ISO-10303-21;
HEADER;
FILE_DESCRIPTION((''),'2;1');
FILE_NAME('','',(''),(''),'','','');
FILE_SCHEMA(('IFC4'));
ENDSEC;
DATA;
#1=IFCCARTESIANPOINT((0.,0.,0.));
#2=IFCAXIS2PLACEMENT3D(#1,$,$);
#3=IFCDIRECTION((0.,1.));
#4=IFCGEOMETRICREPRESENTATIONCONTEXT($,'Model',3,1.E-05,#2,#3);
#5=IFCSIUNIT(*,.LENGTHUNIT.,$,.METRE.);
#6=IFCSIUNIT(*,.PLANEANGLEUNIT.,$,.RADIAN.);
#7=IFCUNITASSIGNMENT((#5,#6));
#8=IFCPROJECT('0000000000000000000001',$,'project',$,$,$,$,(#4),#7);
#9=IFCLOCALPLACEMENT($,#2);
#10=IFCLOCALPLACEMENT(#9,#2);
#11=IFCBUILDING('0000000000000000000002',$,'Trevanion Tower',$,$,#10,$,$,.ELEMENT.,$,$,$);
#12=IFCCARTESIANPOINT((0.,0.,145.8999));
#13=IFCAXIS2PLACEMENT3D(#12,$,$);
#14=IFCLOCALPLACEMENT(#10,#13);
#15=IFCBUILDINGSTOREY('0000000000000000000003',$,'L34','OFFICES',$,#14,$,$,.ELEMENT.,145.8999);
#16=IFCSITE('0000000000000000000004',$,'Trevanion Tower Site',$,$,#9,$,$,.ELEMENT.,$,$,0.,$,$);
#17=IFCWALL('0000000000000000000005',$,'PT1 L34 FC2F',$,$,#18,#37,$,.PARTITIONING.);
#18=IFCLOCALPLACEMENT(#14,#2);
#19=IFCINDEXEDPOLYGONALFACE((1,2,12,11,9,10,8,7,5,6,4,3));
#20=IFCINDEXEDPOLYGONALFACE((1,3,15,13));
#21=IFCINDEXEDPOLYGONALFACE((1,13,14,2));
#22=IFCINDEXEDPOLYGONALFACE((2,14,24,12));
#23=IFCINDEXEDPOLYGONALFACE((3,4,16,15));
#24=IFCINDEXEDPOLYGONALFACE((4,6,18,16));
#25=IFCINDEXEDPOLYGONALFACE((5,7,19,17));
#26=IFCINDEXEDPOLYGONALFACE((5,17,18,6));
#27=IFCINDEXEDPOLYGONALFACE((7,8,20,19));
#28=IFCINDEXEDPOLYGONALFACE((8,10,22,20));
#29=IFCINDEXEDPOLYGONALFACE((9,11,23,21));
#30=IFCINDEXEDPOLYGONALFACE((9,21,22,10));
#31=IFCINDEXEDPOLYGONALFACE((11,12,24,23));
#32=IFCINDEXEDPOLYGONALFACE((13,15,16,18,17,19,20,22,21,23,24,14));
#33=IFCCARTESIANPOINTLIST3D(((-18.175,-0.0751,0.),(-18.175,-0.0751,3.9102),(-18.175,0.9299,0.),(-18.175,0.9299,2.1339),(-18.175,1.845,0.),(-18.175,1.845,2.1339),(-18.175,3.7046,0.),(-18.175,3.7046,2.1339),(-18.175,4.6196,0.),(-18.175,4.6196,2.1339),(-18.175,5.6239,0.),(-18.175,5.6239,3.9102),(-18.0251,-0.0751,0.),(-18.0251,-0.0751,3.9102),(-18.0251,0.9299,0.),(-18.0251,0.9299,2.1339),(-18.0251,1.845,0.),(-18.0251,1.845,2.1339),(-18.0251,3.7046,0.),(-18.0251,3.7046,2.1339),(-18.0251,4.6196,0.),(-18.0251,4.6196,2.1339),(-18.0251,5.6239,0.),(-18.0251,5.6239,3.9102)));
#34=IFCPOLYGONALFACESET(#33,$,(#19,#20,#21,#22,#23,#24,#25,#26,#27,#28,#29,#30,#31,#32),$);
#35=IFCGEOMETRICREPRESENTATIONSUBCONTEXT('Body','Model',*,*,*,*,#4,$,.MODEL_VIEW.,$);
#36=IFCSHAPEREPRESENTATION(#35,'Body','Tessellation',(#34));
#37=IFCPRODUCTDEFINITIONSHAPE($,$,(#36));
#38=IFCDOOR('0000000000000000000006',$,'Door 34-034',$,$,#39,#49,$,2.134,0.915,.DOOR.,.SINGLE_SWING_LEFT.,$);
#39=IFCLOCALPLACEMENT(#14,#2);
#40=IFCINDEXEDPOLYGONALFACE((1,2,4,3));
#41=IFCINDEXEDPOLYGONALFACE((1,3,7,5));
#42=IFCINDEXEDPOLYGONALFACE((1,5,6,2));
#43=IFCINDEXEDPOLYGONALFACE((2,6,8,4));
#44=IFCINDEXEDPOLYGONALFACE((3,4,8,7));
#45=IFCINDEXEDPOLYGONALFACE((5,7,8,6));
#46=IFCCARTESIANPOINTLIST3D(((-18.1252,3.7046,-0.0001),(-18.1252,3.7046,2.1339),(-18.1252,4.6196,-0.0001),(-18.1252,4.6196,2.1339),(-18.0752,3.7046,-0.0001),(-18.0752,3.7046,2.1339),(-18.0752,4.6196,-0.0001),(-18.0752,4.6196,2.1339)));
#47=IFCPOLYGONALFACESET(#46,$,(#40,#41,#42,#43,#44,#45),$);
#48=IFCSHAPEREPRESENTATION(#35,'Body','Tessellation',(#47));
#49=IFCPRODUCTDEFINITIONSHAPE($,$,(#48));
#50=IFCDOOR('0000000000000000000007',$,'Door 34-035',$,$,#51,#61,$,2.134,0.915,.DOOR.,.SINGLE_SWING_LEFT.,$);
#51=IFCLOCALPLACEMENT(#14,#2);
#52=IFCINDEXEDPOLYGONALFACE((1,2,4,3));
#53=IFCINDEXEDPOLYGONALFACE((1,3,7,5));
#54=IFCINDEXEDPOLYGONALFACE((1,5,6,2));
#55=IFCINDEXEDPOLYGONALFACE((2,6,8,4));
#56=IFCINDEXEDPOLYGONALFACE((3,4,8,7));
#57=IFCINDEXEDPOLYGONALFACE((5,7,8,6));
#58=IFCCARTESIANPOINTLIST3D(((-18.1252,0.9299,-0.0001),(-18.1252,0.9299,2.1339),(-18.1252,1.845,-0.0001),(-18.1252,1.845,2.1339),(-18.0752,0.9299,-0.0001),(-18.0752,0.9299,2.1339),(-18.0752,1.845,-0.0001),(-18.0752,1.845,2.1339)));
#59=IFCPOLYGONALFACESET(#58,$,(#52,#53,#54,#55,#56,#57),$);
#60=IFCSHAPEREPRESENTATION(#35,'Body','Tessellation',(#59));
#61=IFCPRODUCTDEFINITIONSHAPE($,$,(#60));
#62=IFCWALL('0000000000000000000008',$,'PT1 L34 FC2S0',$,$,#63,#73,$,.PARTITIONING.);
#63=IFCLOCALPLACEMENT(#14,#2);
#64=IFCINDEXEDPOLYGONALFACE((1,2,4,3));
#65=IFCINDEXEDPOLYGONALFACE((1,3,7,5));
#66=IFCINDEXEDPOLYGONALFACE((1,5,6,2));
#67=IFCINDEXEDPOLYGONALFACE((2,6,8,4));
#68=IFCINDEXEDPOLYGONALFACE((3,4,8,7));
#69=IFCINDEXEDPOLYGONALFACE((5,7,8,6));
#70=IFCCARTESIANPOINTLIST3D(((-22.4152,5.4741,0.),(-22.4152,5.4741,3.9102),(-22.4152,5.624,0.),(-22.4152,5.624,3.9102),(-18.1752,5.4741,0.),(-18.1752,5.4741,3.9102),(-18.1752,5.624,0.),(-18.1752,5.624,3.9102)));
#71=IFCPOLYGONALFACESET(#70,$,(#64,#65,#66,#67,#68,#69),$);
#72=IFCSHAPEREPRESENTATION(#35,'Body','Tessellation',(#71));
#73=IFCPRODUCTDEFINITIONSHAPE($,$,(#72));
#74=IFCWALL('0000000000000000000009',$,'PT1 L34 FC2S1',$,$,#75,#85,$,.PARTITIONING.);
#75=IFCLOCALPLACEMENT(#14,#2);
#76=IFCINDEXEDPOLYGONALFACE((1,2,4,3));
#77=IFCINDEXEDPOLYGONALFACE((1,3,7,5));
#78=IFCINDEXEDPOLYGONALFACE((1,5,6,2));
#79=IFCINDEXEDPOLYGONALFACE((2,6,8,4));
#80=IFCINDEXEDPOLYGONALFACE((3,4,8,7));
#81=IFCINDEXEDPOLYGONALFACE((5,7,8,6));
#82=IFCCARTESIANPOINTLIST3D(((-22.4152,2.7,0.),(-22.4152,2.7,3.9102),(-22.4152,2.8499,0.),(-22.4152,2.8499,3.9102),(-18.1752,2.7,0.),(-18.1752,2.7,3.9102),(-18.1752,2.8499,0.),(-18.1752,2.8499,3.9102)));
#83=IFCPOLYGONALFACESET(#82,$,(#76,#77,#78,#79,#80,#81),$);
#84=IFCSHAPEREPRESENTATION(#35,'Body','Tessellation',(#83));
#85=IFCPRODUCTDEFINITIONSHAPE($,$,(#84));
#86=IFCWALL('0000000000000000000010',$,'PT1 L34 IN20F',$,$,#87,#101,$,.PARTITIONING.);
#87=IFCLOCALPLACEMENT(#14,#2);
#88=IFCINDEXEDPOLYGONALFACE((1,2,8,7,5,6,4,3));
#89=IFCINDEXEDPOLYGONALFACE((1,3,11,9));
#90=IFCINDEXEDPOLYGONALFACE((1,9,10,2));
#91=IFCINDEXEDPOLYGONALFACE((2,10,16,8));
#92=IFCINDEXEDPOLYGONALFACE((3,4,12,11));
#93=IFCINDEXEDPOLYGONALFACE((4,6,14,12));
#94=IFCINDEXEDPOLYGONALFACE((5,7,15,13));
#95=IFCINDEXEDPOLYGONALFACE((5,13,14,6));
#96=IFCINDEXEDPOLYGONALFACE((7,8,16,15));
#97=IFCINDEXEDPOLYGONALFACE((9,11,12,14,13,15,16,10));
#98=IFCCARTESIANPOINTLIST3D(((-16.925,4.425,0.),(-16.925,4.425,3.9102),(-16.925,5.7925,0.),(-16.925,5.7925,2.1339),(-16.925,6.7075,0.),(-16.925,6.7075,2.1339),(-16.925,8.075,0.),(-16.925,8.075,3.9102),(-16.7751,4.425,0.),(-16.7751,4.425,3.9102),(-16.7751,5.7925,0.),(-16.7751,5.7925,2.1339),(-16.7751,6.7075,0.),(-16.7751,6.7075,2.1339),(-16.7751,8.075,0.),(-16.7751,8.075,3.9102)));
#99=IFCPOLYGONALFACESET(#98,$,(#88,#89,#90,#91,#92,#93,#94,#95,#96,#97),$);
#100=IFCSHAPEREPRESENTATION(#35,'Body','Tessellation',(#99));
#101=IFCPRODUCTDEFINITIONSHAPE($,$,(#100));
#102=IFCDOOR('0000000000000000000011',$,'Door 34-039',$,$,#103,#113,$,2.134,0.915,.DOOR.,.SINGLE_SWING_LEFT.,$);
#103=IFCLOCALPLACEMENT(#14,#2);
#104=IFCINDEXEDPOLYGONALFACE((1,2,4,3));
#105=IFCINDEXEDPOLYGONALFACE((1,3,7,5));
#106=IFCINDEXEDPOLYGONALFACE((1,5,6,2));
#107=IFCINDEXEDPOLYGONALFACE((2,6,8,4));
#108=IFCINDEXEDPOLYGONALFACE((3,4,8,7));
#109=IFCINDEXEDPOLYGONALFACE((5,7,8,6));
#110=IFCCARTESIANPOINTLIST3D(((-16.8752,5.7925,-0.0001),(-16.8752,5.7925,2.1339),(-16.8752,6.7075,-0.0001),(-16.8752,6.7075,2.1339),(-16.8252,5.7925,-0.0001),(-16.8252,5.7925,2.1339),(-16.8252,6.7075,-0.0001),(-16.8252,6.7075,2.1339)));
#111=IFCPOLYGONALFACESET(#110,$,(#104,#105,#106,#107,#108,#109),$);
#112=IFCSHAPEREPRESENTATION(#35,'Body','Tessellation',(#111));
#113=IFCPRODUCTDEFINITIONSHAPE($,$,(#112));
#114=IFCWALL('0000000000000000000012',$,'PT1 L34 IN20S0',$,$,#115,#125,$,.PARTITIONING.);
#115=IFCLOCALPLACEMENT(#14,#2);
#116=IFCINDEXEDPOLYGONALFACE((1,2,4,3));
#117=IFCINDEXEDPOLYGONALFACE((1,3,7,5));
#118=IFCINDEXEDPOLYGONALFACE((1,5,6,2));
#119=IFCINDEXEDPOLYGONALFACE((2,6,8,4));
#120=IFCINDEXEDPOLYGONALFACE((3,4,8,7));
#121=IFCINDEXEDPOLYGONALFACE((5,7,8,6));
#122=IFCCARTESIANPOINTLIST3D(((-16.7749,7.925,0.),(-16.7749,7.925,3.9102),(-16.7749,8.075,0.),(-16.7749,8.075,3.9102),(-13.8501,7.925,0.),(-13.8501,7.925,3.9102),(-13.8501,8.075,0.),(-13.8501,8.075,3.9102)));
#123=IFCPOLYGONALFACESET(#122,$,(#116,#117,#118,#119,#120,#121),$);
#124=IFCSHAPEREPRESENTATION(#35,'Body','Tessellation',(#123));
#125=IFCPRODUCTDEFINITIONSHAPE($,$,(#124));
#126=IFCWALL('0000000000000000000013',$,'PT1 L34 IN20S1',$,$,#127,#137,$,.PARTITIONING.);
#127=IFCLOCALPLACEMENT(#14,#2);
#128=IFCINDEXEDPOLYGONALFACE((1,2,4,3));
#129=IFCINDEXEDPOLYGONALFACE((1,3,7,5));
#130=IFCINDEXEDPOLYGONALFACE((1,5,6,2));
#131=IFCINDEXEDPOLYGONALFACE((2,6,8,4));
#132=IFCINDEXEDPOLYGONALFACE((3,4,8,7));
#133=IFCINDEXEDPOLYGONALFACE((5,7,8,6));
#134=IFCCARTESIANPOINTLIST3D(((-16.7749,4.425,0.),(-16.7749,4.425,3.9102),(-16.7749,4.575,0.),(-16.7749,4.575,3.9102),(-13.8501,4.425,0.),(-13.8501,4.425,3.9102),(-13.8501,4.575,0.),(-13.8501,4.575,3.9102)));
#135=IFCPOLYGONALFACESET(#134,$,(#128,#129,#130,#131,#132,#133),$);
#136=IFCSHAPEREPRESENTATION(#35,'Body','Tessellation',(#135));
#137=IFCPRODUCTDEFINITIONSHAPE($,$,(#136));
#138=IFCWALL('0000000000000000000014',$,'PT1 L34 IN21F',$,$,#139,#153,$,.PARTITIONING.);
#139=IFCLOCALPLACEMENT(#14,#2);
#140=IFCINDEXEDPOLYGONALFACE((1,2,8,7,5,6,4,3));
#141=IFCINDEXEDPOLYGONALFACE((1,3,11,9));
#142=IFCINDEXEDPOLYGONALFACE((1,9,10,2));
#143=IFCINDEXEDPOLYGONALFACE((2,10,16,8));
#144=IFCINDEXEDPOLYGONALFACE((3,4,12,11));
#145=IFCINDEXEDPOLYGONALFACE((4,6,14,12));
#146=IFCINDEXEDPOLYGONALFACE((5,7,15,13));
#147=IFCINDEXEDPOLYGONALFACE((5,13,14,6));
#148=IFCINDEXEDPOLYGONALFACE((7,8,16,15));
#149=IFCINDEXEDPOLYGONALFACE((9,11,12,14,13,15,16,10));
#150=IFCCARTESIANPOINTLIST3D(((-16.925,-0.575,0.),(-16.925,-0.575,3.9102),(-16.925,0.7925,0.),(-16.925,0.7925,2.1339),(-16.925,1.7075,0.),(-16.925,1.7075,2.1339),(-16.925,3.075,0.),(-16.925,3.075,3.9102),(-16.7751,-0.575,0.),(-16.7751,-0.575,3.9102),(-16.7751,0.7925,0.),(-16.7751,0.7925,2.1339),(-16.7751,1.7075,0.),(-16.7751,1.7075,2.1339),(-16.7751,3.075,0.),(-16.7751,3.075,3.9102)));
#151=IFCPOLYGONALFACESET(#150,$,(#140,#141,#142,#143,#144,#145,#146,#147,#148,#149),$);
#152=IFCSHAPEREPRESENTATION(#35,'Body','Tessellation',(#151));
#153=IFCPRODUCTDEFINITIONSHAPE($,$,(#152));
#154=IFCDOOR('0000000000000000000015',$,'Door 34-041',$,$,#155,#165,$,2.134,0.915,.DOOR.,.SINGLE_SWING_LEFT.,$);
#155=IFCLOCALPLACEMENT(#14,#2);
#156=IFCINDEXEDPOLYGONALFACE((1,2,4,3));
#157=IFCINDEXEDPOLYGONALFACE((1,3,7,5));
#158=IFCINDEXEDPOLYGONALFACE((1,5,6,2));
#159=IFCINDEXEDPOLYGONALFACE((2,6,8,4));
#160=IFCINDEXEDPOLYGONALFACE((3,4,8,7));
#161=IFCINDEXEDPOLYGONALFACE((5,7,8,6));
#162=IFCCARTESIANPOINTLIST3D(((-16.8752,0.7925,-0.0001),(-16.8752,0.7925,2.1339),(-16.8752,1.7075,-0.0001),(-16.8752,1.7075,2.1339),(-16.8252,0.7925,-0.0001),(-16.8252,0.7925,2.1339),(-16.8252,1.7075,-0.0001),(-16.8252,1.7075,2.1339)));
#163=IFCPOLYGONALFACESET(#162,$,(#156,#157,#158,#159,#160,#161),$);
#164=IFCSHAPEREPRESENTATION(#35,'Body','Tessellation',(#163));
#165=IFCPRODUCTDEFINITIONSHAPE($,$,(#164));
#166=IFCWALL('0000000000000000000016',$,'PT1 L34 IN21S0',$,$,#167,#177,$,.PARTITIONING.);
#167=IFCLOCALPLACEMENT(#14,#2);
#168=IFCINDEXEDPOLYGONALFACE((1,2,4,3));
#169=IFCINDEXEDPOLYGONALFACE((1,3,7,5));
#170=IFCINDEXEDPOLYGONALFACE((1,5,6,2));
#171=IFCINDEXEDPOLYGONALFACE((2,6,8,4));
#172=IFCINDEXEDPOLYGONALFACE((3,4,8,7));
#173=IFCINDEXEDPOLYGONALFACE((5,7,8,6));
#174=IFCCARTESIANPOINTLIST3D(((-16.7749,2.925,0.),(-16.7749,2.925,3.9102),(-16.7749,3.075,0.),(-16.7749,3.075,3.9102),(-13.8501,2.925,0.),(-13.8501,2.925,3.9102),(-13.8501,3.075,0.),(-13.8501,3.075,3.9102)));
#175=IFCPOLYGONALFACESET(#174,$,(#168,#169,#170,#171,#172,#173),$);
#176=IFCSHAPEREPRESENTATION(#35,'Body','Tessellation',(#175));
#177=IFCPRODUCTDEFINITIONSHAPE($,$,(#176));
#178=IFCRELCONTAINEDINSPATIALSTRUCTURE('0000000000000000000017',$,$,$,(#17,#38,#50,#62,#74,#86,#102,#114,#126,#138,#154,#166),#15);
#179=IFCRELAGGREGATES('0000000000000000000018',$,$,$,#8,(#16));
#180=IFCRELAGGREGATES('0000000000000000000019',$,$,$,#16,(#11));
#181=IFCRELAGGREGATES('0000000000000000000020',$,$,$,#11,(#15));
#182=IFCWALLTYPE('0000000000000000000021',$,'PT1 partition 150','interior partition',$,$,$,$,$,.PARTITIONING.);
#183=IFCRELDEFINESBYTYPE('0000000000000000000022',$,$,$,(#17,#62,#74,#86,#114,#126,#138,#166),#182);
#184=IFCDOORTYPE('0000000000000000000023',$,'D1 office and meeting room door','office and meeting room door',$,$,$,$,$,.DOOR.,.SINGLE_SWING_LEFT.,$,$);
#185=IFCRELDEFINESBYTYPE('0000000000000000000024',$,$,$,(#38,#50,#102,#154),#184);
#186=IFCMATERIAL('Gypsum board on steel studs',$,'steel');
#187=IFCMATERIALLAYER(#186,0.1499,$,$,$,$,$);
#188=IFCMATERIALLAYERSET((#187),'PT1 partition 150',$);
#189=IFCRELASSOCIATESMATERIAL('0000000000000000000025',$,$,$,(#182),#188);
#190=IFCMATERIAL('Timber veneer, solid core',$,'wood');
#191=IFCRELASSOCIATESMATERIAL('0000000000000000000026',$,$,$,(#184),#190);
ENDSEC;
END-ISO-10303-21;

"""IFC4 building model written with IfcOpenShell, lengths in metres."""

from ifc_helpers import new_model, si_unit, direction, frame, frame_2d, origin, place, context, subcontext, project, spatial, rectangle, extrude, material, layer, layer_set, type_object, element, fill, save


model = new_model("IFC4")

# Units and contexts
model_context = context("Model", 3, precision=1e-05, world=origin(), true_north=direction((0.0, 1.0)))
body_context = subcontext(model_context, "Body", "Model", "MODEL_VIEW")
ifc_project = project(units=[si_unit("LENGTHUNIT", "METRE"), si_unit("PLANEANGLEUNIT", "RADIAN")], contexts=[model_context])

# Site, building, storey
site_placement = place(None, origin())
site = spatial("IfcSite", under=ifc_project, at=site_placement, Name="Trevanion Tower Site", CompositionType="ELEMENT", RefElevation=0.0)
building_placement = place(site_placement, origin())
building = spatial("IfcBuilding", under=site, at=building_placement, Name="Trevanion Tower", CompositionType="ELEMENT")
storey_placement = place(building_placement, frame((0.0, 0.0, 145.8999)))
storey = spatial("IfcBuildingStorey", under=building, at=storey_placement, Name="L34", Description="OFFICES", CompositionType="ELEMENT", Elevation=145.8999)

# Wall, openings, doors
ifc_material_1 = material(Name="Gypsum board on steel studs", Category="steel")
ifc_layer_1 = layer(ifc_material_1, 0.1499)
ifc_layer_set_1 = layer_set([ifc_layer_1], Name="PT1 partition 150")
wall_type = type_object("IfcWallType", Name="PT1 partition 150", Description="interior partition", PredefinedType="PARTITIONING", material=ifc_layer_set_1)
wall_1_placement = place(storey_placement, frame((-18.1001, 5.624, 0.0), z_axis=(0.0, 0.0, 1.0), x_axis=(0.0, -1.0, 0.0)))
wall_1 = element("IfcWall", 1, at=wall_1_placement, inside=storey, type_object=wall_type, Name="PT1 L34 FC2F", PredefinedType="PARTITIONING", context=body_context, shape_type="SweptSolid", body=[
    extrude(rectangle(XDim=5.699, YDim=0.1499, at=frame_2d((2.8496, 0.0))), origin(), (0.0, 0.0, 1.0), 3.9102),
])
opening_1_placement = place(wall_1_placement, frame((1.0044, 0.0, 0.0)))
opening_1 = element("IfcOpeningElement", 2, at=opening_1_placement, cuts=wall_1, PredefinedType="OPENING", context=body_context, shape_type="SweptSolid", body=[
    extrude(rectangle(XDim=0.915, YDim=2.134, at=frame_2d((0.4575, 1.0669))), frame((0.0, 0.085, 0.0), z_axis=(0.0, -1.0, 0.0), x_axis=(1.0, 0.0, 0.0)), (0.0, 0.0, 1.0), 0.1699),
])
opening_2_placement = place(wall_1_placement, frame((3.7791, 0.0, 0.0)))
opening_2 = element("IfcOpeningElement", 3, at=opening_2_placement, cuts=wall_1, PredefinedType="OPENING", context=body_context, shape_type="SweptSolid", body=[
    extrude(rectangle(XDim=0.915, YDim=2.134, at=frame_2d((0.4575, 1.0669))), frame((0.0, 0.085, 0.0), z_axis=(0.0, -1.0, 0.0), x_axis=(1.0, 0.0, 0.0)), (0.0, 0.0, 1.0), 0.1699),
])
ifc_material_2 = material(Name="Timber veneer, solid core", Category="wood")
door_type = type_object("IfcDoorType", Name="D1 office and meeting room door", Description="office and meeting room door", OperationType="SINGLE_SWING_LEFT", PredefinedType="DOOR", material=ifc_material_2)
door_1_placement = place(opening_1_placement, origin())
door_1 = element("IfcDoor", 4, at=door_1_placement, inside=storey, type_object=door_type, Name="Door 34-034", OperationType="SINGLE_SWING_LEFT", OverallHeight=2.134, OverallWidth=0.915, PredefinedType="DOOR", context=body_context, shape_type="SweptSolid", body=[
    extrude(rectangle(XDim=0.915, YDim=2.134, at=frame_2d((0.4575, 1.0669))), frame((0.0, 0.0249, 0.0), z_axis=(0.0, -1.0, 0.0), x_axis=(1.0, 0.0, 0.0)), (0.0, 0.0, 1.0), 0.05),
])
fill(opening_1, door_1)
door_2_placement = place(opening_2_placement, origin())
door_2 = element("IfcDoor", 5, at=door_2_placement, inside=storey, type_object=door_type, Name="Door 34-035", OperationType="SINGLE_SWING_LEFT", OverallHeight=2.134, OverallWidth=0.915, PredefinedType="DOOR", context=body_context, shape_type="SweptSolid", body=[
    extrude(rectangle(XDim=0.915, YDim=2.134, at=frame_2d((0.4575, 1.0669))), frame((0.0, 0.0249, 0.0), z_axis=(0.0, -1.0, 0.0), x_axis=(1.0, 0.0, 0.0)), (0.0, 0.0, 1.0), 0.05),
])
fill(opening_2, door_2)

# Walls
for number, where, z_axis, x_axis, name in (
    (6, (-18.175, 5.5491, 0.0), (0.0, 0.0, 1.0), (-1.0, 0.0, 0.0), "PT1 L34 FC2S0"),
    (7, (-18.175, 2.7749, 0.0), (0.0, 0.0, 1.0), (-1.0, 0.0, 0.0), "PT1 L34 FC2S1"),
):
    element("IfcWall", number, at=place(storey_placement, frame(where, z_axis=z_axis, x_axis=x_axis)), inside=storey, type_object=wall_type, Name=name, PredefinedType="PARTITIONING", context=body_context, shape_type="SweptSolid", body=[
        extrude(rectangle(XDim=4.24, YDim=0.1499, at=frame_2d((2.1201, 0.0))), origin(), (0.0, 0.0, 1.0), 3.9102),
    ])

# Wall, opening, door
wall_2_placement = place(storey_placement, frame((-16.8501, 8.075, 0.0), z_axis=(0.0, 0.0, 1.0), x_axis=(0.0, -1.0, 0.0)))
wall_2 = element("IfcWall", 8, at=wall_2_placement, inside=storey, type_object=wall_type, Name="PT1 L34 IN20F", PredefinedType="PARTITIONING", context=body_context, shape_type="SweptSolid", body=[
    extrude(rectangle(XDim=3.6499, YDim=0.1499, at=frame_2d((1.825, 0.0))), origin(), (0.0, 0.0, 1.0), 3.9102),
])
opening_3_placement = place(wall_2_placement, frame((1.3674, 0.0, 0.0)))
opening_3 = element("IfcOpeningElement", 9, at=opening_3_placement, cuts=wall_2, PredefinedType="OPENING", context=body_context, shape_type="SweptSolid", body=[
    extrude(rectangle(XDim=0.915, YDim=2.134, at=frame_2d((0.4575, 1.0669))), frame((0.0, 0.085, 0.0), z_axis=(0.0, -1.0, 0.0), x_axis=(1.0, 0.0, 0.0)), (0.0, 0.0, 1.0), 0.1699),
])
door_3_placement = place(opening_3_placement, origin())
door_3 = element("IfcDoor", 10, at=door_3_placement, inside=storey, type_object=door_type, Name="Door 34-039", OperationType="SINGLE_SWING_LEFT", OverallHeight=2.134, OverallWidth=0.915, PredefinedType="DOOR", context=body_context, shape_type="SweptSolid", body=[
    extrude(rectangle(XDim=0.915, YDim=2.134, at=frame_2d((0.4575, 1.0669))), frame((0.0, 0.0249, 0.0), z_axis=(0.0, -1.0, 0.0), x_axis=(1.0, 0.0, 0.0)), (0.0, 0.0, 1.0), 0.05),
])
fill(opening_3, door_3)

# Walls
for number, where, z_axis, x_axis, name in (
    (11, (-16.7749, 8.0, 0.0), (0.0, 0.0, 1.0), (1.0, 0.0, 0.0), "PT1 L34 IN20S0"),
    (12, (-16.7749, 4.5, 0.0), (0.0, 0.0, 1.0), (1.0, 0.0, 0.0), "PT1 L34 IN20S1"),
):
    element("IfcWall", number, at=place(storey_placement, frame(where, z_axis=z_axis, x_axis=x_axis)), inside=storey, type_object=wall_type, Name=name, PredefinedType="PARTITIONING", context=body_context, shape_type="SweptSolid", body=[
        extrude(rectangle(XDim=2.9248, YDim=0.1499, at=frame_2d((1.4624, 0.0))), origin(), (0.0, 0.0, 1.0), 3.9102),
    ])

# Wall, opening, door
wall_3_placement = place(storey_placement, frame((-16.8501, 3.075, 0.0), z_axis=(0.0, 0.0, 1.0), x_axis=(0.0, -1.0, 0.0)))
wall_3 = element("IfcWall", 13, at=wall_3_placement, inside=storey, type_object=wall_type, Name="PT1 L34 IN21F", PredefinedType="PARTITIONING", context=body_context, shape_type="SweptSolid", body=[
    extrude(rectangle(XDim=3.6499, YDim=0.1499, at=frame_2d((1.825, 0.0))), origin(), (0.0, 0.0, 1.0), 3.9102),
])
opening_4_placement = place(wall_3_placement, frame((1.3674, 0.0, 0.0)))
opening_4 = element("IfcOpeningElement", 14, at=opening_4_placement, cuts=wall_3, PredefinedType="OPENING", context=body_context, shape_type="SweptSolid", body=[
    extrude(rectangle(XDim=0.915, YDim=2.134, at=frame_2d((0.4575, 1.0669))), frame((0.0, 0.085, 0.0), z_axis=(0.0, -1.0, 0.0), x_axis=(1.0, 0.0, 0.0)), (0.0, 0.0, 1.0), 0.1699),
])
door_4_placement = place(opening_4_placement, origin())
door_4 = element("IfcDoor", 15, at=door_4_placement, inside=storey, type_object=door_type, Name="Door 34-041", OperationType="SINGLE_SWING_LEFT", OverallHeight=2.134, OverallWidth=0.915, PredefinedType="DOOR", context=body_context, shape_type="SweptSolid", body=[
    extrude(rectangle(XDim=0.915, YDim=2.134, at=frame_2d((0.4575, 1.0669))), frame((0.0, 0.0249, 0.0), z_axis=(0.0, -1.0, 0.0), x_axis=(1.0, 0.0, 0.0)), (0.0, 0.0, 1.0), 0.05),
])
fill(opening_4, door_4)

# Wall
wall_4_placement = place(storey_placement, frame((-16.7749, 3.0, 0.0), z_axis=(0.0, 0.0, 1.0), x_axis=(1.0, 0.0, 0.0)))
element("IfcWall", 16, at=wall_4_placement, inside=storey, type_object=wall_type, Name="PT1 L34 IN21S0", PredefinedType="PARTITIONING", context=body_context, shape_type="SweptSolid", body=[
    extrude(rectangle(XDim=2.9248, YDim=0.1499, at=frame_2d((1.4624, 0.0))), origin(), (0.0, 0.0, 1.0), 3.9102),
])

save(model, "model.ifc")
